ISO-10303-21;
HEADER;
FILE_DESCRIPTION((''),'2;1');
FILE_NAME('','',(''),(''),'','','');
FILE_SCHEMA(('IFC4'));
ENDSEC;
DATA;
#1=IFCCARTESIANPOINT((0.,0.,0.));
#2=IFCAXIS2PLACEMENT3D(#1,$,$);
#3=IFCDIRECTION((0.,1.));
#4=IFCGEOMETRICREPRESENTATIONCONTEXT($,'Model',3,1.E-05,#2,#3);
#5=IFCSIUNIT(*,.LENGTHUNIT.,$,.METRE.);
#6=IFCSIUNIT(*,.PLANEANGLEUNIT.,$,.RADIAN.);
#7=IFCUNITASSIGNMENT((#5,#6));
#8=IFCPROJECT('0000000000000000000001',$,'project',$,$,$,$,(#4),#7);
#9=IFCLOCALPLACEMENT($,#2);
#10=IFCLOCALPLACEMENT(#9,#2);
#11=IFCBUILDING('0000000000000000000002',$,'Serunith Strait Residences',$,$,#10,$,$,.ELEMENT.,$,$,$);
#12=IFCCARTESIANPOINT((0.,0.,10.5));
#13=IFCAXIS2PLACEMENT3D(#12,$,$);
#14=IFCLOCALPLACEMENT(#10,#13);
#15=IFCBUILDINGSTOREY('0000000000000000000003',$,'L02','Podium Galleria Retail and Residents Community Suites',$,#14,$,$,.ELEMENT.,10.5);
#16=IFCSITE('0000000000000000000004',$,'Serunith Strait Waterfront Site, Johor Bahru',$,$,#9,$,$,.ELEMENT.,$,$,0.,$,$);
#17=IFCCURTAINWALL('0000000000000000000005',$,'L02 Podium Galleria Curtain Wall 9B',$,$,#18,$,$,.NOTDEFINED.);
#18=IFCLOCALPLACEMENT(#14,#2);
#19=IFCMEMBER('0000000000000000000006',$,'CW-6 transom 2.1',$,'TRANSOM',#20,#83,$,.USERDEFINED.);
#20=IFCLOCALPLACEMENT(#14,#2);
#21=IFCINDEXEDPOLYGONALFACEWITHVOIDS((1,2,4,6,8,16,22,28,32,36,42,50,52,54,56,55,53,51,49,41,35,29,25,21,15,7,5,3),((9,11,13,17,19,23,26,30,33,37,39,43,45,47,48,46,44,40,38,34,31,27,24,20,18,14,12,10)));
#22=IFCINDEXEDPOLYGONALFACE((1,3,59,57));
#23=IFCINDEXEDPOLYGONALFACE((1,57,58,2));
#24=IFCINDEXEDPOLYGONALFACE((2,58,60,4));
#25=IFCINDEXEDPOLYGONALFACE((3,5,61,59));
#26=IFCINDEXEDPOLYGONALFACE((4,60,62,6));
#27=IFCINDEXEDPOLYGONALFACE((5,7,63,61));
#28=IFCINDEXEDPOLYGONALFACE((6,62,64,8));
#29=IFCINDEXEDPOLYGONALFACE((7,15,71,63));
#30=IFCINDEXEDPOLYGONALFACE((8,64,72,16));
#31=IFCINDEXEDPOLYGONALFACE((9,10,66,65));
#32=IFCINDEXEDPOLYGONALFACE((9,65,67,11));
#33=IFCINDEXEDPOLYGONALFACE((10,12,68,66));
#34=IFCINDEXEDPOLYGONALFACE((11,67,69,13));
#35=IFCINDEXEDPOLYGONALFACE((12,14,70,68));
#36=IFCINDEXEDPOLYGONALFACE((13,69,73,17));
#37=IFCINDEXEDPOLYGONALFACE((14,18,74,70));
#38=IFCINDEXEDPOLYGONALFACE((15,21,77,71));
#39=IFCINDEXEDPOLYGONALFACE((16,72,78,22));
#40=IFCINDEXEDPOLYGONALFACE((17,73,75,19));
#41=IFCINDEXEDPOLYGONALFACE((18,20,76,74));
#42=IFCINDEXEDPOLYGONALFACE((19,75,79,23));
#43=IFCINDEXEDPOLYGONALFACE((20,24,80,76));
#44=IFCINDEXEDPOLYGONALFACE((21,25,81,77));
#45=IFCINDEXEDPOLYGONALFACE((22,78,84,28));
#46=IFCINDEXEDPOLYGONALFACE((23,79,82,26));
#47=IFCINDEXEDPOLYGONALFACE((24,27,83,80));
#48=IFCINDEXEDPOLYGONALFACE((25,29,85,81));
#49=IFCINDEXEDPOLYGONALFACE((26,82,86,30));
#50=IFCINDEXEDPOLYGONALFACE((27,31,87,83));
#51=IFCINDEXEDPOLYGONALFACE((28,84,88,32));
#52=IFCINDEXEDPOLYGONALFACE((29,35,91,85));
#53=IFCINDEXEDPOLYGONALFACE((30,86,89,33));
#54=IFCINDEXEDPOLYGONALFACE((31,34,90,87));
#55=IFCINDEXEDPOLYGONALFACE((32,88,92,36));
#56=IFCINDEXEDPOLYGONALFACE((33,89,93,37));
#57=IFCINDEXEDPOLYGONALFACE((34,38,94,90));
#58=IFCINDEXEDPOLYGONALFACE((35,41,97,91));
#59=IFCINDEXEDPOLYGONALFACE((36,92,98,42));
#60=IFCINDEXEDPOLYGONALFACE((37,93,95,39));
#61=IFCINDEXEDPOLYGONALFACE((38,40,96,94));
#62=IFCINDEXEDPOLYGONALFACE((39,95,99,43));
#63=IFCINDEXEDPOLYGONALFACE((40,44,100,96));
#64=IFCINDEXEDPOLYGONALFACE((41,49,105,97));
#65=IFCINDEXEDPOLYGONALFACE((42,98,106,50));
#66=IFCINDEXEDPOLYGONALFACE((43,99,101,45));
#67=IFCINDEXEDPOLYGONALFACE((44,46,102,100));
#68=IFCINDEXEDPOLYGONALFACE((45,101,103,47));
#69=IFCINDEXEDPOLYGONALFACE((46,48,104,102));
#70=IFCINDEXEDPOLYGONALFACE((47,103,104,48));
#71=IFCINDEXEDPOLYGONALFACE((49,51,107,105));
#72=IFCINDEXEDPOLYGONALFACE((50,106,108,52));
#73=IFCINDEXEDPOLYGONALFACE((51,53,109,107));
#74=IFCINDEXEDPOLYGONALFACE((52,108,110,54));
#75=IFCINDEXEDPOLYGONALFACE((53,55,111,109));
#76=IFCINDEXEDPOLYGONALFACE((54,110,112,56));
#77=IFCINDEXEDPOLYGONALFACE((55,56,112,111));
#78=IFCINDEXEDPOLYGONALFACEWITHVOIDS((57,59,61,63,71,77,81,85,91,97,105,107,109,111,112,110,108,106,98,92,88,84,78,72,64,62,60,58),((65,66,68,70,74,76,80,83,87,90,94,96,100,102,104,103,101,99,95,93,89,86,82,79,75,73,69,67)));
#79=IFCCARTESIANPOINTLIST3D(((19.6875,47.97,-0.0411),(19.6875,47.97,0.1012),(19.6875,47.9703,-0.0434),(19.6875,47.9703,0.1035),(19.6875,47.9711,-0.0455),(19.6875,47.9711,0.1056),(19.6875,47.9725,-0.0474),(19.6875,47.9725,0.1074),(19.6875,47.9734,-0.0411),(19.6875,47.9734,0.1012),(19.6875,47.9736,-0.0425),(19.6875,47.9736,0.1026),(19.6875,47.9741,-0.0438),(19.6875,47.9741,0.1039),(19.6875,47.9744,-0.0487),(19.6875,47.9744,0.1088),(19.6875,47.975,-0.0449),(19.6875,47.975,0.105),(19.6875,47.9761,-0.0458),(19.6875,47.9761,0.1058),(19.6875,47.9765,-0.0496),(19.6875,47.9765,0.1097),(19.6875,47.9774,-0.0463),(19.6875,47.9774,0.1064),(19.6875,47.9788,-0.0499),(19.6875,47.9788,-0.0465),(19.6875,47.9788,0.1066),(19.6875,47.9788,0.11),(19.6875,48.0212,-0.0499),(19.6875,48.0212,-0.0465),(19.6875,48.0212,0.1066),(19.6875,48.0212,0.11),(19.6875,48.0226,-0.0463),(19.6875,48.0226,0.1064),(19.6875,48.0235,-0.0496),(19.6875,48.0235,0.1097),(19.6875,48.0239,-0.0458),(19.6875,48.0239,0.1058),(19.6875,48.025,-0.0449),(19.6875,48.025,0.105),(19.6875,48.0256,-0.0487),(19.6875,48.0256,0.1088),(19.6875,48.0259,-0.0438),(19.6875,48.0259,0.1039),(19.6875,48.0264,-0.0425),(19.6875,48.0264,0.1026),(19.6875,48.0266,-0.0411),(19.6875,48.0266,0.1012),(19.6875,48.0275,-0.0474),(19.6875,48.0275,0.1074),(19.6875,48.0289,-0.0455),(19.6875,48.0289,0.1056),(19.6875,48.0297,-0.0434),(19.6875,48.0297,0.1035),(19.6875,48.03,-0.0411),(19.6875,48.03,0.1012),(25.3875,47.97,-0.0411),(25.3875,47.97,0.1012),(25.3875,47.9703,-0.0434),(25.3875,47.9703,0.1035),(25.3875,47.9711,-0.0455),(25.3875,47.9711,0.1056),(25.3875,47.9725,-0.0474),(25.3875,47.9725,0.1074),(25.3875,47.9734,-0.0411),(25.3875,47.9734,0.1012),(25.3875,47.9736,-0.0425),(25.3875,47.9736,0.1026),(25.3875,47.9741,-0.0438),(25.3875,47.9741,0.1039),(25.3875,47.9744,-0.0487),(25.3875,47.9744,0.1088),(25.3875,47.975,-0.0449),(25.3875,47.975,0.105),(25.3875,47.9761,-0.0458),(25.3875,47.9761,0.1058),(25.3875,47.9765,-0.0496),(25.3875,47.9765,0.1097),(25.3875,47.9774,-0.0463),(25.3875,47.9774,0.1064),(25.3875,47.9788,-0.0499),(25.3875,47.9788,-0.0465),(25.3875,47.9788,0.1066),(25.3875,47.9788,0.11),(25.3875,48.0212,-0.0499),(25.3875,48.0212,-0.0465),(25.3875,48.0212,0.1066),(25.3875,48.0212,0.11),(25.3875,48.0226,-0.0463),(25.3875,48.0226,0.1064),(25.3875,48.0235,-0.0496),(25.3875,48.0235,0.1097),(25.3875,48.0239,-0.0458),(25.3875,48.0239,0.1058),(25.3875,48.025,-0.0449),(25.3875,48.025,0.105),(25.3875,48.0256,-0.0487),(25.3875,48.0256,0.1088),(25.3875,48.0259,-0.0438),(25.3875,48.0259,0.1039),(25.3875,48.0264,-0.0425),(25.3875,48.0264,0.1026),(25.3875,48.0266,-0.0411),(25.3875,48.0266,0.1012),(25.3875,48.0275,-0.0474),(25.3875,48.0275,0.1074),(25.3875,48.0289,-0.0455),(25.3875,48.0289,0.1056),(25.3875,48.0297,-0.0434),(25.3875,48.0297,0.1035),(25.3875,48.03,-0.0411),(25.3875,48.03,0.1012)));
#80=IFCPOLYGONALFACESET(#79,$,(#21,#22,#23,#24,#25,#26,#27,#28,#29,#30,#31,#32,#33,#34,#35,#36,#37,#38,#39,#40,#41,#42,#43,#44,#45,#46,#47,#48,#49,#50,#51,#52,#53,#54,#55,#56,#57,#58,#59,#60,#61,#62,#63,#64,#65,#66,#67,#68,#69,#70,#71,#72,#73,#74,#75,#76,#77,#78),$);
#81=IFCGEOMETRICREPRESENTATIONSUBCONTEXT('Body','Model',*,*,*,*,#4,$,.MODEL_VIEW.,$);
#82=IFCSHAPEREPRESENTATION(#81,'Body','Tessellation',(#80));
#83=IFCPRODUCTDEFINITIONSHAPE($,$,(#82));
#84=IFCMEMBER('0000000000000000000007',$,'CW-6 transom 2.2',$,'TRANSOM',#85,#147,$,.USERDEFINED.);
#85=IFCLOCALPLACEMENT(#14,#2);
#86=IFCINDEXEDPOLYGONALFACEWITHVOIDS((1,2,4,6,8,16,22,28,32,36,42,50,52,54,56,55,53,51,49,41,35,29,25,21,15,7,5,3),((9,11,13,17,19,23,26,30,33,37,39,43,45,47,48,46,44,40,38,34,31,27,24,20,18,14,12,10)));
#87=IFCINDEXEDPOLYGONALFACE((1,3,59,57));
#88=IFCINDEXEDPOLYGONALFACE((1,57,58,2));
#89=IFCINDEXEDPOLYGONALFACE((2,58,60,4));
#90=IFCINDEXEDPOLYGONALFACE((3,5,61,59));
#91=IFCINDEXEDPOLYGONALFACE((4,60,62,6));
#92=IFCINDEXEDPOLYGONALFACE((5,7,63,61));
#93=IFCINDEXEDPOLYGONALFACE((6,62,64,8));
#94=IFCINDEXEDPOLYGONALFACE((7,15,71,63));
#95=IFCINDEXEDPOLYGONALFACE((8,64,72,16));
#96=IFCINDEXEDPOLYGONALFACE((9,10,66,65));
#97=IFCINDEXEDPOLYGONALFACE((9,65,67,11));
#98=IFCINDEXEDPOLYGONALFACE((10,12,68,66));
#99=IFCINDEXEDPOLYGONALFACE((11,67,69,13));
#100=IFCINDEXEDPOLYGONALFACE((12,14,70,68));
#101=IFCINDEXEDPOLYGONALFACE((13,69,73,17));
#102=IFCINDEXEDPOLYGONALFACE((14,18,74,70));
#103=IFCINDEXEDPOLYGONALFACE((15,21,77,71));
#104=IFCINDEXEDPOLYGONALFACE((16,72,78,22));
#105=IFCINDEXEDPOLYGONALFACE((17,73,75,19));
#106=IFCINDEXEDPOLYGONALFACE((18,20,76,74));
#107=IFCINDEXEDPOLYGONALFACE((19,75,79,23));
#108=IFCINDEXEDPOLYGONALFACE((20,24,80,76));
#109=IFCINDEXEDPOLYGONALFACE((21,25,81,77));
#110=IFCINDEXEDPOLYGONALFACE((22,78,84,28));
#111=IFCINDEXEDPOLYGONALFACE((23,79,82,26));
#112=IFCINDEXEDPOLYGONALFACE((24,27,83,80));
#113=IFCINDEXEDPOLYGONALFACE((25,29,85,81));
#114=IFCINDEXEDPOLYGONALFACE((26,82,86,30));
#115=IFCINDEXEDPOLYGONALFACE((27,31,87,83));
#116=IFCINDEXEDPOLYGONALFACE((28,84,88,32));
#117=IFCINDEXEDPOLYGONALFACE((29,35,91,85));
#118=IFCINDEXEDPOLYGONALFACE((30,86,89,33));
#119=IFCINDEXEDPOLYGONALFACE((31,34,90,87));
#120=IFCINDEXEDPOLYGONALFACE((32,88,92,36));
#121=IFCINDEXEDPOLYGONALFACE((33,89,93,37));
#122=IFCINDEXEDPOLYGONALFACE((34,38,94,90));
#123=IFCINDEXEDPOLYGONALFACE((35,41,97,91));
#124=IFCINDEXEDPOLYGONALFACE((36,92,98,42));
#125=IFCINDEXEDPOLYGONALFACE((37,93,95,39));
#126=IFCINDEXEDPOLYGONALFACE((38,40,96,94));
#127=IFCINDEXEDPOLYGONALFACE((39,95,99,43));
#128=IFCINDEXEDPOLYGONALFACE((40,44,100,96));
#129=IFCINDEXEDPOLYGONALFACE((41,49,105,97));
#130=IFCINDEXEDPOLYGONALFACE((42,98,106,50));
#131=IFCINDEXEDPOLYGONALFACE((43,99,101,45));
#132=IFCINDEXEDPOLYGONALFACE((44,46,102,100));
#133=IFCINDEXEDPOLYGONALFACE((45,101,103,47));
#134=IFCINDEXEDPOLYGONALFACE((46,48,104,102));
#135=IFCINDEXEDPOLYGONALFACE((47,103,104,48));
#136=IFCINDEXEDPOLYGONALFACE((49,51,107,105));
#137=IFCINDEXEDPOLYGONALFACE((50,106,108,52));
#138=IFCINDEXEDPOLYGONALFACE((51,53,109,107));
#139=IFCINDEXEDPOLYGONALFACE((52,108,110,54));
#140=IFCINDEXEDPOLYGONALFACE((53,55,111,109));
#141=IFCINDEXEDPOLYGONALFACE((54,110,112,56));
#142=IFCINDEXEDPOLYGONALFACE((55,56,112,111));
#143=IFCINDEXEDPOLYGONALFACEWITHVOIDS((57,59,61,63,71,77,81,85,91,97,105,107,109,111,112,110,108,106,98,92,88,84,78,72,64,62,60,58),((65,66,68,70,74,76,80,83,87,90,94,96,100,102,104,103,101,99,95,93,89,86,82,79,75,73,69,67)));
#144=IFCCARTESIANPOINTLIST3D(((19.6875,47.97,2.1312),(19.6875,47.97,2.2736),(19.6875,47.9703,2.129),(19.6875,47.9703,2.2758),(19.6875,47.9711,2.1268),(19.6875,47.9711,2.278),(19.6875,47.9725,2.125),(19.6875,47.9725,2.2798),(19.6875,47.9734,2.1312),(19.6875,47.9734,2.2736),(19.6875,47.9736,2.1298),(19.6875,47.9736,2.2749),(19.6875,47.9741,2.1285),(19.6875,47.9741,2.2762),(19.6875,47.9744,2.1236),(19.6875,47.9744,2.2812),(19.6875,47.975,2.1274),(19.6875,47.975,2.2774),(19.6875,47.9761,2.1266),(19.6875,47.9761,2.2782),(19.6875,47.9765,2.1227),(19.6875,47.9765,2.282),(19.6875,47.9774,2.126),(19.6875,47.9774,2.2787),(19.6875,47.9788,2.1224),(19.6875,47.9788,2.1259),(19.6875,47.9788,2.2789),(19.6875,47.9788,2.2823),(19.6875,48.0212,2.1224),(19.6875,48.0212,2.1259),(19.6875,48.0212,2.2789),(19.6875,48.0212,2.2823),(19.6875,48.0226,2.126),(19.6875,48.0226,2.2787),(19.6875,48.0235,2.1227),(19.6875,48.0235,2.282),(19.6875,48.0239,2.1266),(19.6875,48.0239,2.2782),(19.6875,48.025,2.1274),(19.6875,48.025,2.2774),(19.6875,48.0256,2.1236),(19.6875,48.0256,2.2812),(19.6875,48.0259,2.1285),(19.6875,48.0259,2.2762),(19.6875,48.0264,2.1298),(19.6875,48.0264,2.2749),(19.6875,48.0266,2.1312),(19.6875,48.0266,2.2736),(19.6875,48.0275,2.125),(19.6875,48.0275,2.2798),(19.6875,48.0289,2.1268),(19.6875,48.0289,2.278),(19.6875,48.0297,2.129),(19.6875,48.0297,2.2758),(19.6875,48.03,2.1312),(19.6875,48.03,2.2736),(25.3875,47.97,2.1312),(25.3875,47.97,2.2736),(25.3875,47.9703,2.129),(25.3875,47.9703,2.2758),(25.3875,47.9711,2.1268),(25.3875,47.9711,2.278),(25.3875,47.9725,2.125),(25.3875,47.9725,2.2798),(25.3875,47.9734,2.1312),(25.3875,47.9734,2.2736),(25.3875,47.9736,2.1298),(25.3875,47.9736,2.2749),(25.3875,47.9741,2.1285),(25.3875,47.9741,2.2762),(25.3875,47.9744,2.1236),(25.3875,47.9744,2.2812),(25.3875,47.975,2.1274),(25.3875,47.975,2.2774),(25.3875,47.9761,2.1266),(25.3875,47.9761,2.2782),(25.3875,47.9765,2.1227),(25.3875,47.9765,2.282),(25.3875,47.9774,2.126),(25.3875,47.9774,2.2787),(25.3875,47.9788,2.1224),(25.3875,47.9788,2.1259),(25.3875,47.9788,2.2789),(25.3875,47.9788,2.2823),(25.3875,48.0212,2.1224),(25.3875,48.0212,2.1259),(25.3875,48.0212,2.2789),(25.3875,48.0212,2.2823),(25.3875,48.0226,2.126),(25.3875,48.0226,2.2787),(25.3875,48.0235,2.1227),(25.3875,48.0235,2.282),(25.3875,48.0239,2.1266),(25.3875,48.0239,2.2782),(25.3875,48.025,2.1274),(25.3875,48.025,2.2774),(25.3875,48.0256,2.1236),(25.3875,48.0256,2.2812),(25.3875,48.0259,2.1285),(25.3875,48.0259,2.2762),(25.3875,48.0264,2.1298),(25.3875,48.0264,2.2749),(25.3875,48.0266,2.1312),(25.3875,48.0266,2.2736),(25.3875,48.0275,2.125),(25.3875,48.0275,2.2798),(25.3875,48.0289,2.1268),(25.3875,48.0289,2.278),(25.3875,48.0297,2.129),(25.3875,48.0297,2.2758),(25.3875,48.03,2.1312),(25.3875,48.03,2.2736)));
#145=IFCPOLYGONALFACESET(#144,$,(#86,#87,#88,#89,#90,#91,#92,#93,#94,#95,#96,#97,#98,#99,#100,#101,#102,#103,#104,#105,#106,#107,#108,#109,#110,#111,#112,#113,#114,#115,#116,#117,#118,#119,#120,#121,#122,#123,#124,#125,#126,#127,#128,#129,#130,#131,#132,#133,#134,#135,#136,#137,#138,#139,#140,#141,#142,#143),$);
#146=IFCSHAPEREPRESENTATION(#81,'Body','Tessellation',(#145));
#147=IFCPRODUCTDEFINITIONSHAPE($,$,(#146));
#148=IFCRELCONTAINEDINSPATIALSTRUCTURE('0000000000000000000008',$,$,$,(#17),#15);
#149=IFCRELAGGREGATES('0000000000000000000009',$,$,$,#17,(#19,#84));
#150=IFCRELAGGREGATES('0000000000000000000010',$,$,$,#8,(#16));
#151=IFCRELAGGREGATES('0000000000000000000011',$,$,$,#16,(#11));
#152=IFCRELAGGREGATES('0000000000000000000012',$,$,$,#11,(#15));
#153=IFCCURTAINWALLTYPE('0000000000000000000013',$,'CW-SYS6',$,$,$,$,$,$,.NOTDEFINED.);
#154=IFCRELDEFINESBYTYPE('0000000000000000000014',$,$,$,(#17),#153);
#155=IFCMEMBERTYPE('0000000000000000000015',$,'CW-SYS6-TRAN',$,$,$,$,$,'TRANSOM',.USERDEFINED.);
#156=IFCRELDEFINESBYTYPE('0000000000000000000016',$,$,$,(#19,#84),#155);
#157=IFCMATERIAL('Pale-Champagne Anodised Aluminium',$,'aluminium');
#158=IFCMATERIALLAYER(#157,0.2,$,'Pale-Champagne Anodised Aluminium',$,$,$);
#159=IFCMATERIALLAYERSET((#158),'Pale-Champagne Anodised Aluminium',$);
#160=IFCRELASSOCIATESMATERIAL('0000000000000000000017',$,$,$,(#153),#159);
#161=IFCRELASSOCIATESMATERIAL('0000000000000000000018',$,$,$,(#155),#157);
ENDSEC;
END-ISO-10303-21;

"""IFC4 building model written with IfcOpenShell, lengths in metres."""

from ifc_helpers import new_model, si_unit, direction, frame, origin, origin_2d, place, context, subcontext, project, spatial, hollow_rectangle, extrude, source, transform, mapped, material, layer, layer_set, material_profile, profile_set, type_object, element, aggregate, save


model = new_model("IFC4")

# Units and contexts
model_context = context("Model", 3, precision=1e-05, world=origin(), true_north=direction((0.0, 1.0)))
body_context = subcontext(model_context, "Body", "Model", "MODEL_VIEW")
ifc_project = project(units=[si_unit("LENGTHUNIT", "METRE"), si_unit("PLANEANGLEUNIT", "RADIAN")], contexts=[model_context])

# Site, building, storey
site_placement = place(None, origin())
site = spatial("IfcSite", under=ifc_project, at=site_placement, Name="Serunith Strait Waterfront Site, Johor Bahru", CompositionType="ELEMENT", RefElevation=0.0)
building_placement = place(site_placement, origin())
building = spatial("IfcBuilding", under=site, at=building_placement, Name="Serunith Strait Residences", CompositionType="ELEMENT")
storey_placement = place(building_placement, frame((0.0, 0.0, 10.5)))
storey = spatial("IfcBuildingStorey", under=building, at=storey_placement, Name="L02", Description="Podium Galleria Retail and Residents Community Suites", CompositionType="ELEMENT", Elevation=10.5)

# Curtain wall, members
ifc_material_1 = material(Name="Pale-Champagne Anodised Aluminium", Category="aluminium")
ifc_layer_1 = layer(ifc_material_1, 0.2, Name="Pale-Champagne Anodised Aluminium")
ifc_layer_set_1 = layer_set([ifc_layer_1], Name="Pale-Champagne Anodised Aluminium")
curtain_wall_type = type_object("IfcCurtainWallType", Name="CW-SYS6", PredefinedType="NOTDEFINED", material=ifc_layer_set_1)
curtain_wall_placement = place(storey_placement, origin())
curtain_wall = element("IfcCurtainWall", 1, at=curtain_wall_placement, inside=storey, type_object=curtain_wall_type, Name="L02 Podium Galleria Curtain Wall 9B", PredefinedType="NOTDEFINED")
ifc_material_profile_1 = material_profile(ifc_material_1, hollow_rectangle(XDim=0.0601, YDim=0.1599, WallThickness=0.0034, InnerFilletRadius=0.0054, OuterFilletRadius=0.0088, at=origin_2d()), Name="ALU 160x60x3.5")
ifc_profile_set_1 = profile_set([ifc_material_profile_1], Name="Pale-Champagne Anodised Aluminium")
member_type_1 = type_object("IfcMemberType", Name="CW-SYS6-TRAN", ElementType="TRANSOM", PredefinedType="USERDEFINED", material=ifc_profile_set_1)
shared_shape_1 = source(origin(), body_context, "Body", "SweptSolid", [
    extrude(hollow_rectangle(XDim=0.0601, YDim=0.1599, WallThickness=0.0034, InnerFilletRadius=0.0054, OuterFilletRadius=0.0088, at=origin_2d()), origin(), (0.0, 0.0, 1.0), 5.7),
])
member_1_placement = place(storey_placement, frame((25.3875, 48.0, 0.03), z_axis=(-1.0, 0.0, 0.0), x_axis=(0.0, -1.0, 0.0)))
member_1 = element("IfcMember", 2, at=member_1_placement, type_object=member_type_1, Name="CW-6 transom 2.1", ObjectType="TRANSOM", PredefinedType="USERDEFINED", context=body_context, shape_type="MappedRepresentation", body=[
    mapped(shared_shape_1, transform((0.0, 0.0, 0.0), scale=1.0)),
])
member_2_placement = place(storey_placement, frame((25.3875, 48.0, 2.2024), z_axis=(-1.0, 0.0, 0.0), x_axis=(0.0, -1.0, 0.0)))
member_2 = element("IfcMember", 3, at=member_2_placement, type_object=member_type_1, Name="CW-6 transom 2.2", ObjectType="TRANSOM", PredefinedType="USERDEFINED", context=body_context, shape_type="MappedRepresentation", body=[
    mapped(shared_shape_1, transform((0.0, 0.0, 0.0), scale=1.0)),
])
aggregate(curtain_wall, [member_1, member_2])

save(model, "model.ifc")
